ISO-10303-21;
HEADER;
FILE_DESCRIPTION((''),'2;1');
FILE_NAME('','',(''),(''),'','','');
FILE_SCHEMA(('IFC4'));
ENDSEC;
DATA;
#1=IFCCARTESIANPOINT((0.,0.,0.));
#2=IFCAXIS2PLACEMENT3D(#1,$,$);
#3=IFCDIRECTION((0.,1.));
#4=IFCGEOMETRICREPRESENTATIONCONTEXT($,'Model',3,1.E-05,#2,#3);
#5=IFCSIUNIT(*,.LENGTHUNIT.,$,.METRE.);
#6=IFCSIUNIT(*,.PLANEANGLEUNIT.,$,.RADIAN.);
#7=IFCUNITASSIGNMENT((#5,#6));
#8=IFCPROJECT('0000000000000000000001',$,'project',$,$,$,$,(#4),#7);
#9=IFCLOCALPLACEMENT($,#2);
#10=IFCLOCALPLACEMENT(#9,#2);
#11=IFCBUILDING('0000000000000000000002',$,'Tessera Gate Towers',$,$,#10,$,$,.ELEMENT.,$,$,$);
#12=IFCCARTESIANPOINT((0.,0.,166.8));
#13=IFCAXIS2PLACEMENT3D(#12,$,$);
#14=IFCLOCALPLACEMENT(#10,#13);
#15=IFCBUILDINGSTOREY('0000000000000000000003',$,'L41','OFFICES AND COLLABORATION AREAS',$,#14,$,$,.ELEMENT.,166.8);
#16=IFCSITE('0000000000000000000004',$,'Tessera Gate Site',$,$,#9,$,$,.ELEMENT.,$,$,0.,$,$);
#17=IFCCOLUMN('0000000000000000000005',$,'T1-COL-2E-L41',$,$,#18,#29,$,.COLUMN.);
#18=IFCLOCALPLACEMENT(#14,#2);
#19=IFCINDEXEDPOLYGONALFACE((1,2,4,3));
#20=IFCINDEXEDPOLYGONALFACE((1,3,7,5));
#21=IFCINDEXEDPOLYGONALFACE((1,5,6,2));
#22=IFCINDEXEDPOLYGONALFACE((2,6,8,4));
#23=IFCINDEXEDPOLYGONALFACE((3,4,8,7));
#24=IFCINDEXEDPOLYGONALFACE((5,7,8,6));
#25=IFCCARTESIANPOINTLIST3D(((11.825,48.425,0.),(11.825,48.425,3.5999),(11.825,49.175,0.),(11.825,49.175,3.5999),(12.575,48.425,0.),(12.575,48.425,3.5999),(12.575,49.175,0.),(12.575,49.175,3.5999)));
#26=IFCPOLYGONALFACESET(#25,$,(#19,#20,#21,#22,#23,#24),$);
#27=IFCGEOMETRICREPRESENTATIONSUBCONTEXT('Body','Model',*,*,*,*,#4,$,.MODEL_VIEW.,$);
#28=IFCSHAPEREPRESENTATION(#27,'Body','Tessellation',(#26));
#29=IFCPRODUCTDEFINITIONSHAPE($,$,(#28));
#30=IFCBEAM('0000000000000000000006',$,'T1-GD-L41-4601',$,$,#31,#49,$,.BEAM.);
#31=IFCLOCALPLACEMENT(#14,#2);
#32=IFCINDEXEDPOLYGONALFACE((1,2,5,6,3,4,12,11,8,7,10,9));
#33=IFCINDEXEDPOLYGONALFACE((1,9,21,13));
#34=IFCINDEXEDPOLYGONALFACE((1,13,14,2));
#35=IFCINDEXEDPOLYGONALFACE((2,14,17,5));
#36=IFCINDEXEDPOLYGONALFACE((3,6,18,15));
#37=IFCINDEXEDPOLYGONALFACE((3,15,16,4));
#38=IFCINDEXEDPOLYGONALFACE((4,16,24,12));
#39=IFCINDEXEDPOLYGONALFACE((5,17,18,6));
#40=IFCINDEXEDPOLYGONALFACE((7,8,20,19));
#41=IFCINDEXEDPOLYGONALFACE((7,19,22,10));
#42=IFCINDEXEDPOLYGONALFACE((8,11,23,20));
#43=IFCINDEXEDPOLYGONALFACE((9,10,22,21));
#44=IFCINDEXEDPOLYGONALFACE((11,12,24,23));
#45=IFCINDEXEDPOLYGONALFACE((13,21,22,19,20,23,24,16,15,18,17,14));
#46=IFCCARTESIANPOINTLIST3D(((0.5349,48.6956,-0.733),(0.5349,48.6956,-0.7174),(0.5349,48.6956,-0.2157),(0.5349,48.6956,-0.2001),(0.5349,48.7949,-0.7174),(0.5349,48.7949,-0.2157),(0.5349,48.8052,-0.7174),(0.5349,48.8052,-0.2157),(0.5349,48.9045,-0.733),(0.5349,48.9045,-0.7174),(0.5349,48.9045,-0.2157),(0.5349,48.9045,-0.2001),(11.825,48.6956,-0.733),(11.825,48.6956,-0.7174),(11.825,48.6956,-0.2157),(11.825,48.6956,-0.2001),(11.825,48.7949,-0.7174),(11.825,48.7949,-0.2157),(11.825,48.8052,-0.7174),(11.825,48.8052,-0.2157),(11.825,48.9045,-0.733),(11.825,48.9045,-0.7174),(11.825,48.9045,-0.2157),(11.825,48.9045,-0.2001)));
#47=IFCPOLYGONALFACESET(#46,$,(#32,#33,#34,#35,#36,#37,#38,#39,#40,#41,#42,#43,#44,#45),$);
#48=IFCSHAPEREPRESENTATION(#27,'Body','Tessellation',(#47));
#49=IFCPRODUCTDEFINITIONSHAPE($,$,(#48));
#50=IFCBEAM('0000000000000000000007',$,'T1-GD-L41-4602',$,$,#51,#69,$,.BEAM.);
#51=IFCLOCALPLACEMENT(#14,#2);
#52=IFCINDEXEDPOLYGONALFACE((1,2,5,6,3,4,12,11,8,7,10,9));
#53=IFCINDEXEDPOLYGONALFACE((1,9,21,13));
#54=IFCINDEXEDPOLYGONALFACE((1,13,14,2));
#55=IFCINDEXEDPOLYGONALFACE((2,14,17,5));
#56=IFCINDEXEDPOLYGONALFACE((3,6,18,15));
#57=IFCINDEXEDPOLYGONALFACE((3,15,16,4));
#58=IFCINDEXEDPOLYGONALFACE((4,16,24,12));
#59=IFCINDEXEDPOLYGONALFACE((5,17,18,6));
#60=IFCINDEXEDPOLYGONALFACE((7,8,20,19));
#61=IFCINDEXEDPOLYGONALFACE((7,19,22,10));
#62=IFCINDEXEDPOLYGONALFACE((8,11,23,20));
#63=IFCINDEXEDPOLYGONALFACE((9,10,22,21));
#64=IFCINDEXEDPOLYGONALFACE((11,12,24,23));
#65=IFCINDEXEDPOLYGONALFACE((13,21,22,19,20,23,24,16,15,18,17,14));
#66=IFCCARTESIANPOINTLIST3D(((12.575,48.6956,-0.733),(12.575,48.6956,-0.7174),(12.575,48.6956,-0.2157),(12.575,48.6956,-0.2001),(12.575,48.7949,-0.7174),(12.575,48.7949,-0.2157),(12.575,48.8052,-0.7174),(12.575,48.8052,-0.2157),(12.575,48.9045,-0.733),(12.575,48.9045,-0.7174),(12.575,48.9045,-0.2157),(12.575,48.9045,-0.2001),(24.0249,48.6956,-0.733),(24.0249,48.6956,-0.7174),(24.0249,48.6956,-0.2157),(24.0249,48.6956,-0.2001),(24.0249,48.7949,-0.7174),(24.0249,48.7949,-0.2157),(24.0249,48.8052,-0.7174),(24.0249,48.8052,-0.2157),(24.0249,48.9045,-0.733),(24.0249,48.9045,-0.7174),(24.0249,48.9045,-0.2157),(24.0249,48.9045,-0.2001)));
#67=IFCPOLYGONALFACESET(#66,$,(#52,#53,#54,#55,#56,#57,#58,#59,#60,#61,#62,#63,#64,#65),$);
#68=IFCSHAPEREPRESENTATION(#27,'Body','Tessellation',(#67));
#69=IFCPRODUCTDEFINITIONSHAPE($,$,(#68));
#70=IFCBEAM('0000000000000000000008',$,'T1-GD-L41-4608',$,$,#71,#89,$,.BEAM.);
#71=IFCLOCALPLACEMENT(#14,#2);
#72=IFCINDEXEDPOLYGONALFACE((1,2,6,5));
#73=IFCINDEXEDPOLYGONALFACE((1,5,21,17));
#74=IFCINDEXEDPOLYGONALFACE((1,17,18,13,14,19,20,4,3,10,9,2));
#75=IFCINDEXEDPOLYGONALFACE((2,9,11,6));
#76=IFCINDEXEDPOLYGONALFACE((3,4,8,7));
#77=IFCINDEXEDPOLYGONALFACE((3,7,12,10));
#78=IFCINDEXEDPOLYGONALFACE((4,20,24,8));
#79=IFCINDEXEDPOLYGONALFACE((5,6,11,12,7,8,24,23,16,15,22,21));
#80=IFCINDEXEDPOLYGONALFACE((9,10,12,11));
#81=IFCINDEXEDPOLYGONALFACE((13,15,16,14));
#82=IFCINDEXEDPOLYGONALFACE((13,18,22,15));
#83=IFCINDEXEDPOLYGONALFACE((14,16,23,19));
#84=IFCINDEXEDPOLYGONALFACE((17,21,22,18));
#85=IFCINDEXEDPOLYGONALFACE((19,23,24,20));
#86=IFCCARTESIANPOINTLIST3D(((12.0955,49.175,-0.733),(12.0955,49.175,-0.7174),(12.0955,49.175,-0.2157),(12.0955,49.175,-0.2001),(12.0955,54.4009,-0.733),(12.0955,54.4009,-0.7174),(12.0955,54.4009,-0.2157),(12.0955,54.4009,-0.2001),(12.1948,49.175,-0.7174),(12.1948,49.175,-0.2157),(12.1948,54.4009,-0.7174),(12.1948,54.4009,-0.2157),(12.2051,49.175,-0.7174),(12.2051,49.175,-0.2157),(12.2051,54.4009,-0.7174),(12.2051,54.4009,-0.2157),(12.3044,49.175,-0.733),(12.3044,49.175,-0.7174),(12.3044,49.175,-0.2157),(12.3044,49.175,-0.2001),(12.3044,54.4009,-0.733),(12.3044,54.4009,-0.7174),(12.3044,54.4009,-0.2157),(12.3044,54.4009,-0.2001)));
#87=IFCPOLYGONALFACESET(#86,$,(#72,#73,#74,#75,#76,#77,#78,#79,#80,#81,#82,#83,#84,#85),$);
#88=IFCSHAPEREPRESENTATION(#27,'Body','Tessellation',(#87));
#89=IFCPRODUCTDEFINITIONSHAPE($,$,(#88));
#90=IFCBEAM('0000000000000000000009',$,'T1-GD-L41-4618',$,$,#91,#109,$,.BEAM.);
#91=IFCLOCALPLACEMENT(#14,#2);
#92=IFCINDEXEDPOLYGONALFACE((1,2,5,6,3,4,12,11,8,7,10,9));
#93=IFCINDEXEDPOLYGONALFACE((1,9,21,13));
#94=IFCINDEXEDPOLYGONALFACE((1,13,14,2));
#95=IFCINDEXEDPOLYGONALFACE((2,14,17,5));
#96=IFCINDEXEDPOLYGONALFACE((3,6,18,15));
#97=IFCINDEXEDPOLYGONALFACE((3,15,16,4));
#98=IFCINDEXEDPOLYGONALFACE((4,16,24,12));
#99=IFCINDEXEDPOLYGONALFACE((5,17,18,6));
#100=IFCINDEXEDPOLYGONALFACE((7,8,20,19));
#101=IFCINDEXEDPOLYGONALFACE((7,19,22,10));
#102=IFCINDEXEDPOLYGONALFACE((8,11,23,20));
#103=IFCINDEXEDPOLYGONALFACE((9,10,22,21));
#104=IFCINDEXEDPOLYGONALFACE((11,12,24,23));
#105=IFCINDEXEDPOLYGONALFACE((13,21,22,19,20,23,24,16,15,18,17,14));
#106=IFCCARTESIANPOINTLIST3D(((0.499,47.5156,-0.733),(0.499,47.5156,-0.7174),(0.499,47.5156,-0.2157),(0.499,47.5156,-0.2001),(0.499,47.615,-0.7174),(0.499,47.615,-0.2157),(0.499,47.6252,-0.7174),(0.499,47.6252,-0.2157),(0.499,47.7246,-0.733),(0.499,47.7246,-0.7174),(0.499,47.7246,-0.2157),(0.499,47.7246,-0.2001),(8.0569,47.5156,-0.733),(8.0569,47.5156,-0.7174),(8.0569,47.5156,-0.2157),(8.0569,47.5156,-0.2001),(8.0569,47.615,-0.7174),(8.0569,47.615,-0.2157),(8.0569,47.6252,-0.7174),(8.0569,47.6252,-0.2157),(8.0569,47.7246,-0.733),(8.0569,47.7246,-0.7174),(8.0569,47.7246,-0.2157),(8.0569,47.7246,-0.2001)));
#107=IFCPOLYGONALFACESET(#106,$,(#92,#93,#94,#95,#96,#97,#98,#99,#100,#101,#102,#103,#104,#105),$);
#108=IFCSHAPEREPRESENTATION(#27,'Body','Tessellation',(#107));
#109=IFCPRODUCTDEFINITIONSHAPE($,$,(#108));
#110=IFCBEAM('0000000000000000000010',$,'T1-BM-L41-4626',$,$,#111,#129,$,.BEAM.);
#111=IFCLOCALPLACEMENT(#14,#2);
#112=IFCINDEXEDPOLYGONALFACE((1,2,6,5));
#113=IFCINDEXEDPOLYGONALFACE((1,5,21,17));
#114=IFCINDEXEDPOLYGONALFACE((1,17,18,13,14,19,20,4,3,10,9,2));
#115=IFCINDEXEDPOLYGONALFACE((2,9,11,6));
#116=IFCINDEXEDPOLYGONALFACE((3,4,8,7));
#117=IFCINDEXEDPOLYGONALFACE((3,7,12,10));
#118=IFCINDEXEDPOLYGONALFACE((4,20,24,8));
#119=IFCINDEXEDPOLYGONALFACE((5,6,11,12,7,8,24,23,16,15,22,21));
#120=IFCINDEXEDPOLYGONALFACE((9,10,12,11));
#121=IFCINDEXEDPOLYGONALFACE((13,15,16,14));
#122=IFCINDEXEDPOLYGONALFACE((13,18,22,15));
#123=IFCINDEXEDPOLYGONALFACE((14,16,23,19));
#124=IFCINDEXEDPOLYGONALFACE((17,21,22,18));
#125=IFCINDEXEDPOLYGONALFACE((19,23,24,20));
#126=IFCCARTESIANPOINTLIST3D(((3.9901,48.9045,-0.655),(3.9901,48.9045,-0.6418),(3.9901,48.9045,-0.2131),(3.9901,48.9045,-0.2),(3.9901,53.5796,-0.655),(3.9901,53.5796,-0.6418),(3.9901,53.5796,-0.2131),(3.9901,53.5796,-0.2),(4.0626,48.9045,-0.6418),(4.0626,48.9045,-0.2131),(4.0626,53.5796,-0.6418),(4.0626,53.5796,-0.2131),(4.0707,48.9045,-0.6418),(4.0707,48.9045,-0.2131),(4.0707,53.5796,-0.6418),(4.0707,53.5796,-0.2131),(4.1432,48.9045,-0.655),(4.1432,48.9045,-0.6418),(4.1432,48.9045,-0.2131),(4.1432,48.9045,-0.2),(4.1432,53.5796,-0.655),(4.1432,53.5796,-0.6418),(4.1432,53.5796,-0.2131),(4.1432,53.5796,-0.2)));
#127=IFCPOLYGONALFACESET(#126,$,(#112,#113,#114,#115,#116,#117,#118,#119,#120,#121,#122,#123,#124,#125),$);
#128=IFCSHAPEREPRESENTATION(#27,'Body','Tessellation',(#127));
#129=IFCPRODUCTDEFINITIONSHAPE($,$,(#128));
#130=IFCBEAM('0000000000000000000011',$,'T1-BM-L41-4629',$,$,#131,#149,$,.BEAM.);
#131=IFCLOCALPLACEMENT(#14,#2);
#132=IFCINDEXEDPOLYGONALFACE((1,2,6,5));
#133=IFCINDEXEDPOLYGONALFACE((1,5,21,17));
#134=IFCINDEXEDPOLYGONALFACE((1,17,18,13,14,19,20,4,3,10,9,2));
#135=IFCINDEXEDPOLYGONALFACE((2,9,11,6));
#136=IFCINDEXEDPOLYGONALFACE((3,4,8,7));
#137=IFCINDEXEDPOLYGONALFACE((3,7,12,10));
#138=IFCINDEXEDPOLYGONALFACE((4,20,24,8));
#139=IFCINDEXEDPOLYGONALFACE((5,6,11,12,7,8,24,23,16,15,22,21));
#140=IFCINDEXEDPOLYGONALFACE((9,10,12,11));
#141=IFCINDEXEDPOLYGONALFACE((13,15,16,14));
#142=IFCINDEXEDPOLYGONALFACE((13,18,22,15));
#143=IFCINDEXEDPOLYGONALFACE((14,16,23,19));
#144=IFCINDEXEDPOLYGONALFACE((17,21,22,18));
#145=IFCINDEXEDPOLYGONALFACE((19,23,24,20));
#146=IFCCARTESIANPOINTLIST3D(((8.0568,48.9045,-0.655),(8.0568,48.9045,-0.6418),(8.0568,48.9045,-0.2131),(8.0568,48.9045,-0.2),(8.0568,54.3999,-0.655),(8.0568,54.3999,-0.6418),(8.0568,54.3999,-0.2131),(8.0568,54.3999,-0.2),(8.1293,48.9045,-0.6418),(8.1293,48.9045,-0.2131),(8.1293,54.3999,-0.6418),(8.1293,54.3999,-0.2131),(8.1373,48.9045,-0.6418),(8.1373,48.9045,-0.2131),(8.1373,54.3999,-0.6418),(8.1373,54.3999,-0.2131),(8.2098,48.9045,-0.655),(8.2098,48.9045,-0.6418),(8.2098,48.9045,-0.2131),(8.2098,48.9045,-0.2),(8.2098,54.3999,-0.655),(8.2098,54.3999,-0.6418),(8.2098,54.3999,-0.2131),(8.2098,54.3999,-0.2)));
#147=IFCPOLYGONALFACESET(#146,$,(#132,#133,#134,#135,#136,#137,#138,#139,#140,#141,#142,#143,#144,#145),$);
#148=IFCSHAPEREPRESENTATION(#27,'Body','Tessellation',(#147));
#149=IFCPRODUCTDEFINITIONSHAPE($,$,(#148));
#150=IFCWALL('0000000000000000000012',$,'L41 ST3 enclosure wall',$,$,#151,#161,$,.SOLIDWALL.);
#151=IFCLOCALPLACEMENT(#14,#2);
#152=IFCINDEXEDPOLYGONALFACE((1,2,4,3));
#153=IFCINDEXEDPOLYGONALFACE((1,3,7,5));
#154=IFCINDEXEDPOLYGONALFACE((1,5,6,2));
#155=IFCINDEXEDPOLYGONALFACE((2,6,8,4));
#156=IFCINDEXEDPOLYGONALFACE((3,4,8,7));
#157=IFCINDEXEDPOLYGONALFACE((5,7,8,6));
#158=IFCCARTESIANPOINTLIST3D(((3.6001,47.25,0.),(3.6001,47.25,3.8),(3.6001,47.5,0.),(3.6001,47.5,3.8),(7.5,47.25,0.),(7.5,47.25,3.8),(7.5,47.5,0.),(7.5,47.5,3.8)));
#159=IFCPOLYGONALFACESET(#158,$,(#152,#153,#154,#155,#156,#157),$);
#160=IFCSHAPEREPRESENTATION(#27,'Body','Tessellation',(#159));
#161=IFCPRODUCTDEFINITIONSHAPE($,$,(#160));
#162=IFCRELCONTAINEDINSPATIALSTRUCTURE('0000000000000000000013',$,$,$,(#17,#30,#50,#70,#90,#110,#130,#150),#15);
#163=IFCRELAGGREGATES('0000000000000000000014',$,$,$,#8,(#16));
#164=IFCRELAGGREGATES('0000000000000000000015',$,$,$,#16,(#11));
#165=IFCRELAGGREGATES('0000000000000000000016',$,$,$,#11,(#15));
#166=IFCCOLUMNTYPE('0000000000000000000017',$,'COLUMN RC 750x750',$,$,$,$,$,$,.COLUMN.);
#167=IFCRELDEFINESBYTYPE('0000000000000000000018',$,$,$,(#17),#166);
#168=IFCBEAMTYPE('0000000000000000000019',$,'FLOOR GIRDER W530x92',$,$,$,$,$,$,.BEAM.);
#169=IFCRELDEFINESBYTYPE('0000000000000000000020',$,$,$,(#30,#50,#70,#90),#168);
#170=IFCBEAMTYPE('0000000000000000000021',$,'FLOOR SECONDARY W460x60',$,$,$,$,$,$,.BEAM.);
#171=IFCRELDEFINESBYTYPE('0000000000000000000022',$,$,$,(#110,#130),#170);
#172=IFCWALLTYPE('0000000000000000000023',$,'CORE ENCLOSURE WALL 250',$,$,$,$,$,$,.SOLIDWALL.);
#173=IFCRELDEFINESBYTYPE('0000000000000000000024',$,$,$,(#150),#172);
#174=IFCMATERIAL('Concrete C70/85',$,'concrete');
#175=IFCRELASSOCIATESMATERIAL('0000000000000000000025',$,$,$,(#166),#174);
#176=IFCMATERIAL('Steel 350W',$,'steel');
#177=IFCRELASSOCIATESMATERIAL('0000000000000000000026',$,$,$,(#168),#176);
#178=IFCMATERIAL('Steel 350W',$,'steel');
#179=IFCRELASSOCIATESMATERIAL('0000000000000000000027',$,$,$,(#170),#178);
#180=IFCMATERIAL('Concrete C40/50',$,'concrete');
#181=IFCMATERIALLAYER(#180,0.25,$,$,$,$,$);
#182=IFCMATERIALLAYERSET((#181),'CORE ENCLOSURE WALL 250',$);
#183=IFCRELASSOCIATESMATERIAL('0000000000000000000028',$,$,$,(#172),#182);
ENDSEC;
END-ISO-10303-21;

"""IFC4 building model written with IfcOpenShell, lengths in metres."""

from ifc_helpers import new_model, si_unit, direction, frame, frame_2d, origin, origin_2d, place, context, subcontext, project, spatial, rectangle, i_section, extrude, material, layer, layer_set, material_profile, profile_set, type_object, element, save


model = new_model("IFC4")

# Units and contexts
model_context = context("Model", 3, precision=1e-05, world=origin(), true_north=direction((0.0, 1.0)))
body_context = subcontext(model_context, "Body", "Model", "MODEL_VIEW")
ifc_project = project(units=[si_unit("LENGTHUNIT", "METRE"), si_unit("PLANEANGLEUNIT", "RADIAN")], contexts=[model_context])

# Site, building, storey
site_placement = place(None, origin())
site = spatial("IfcSite", under=ifc_project, at=site_placement, Name="Tessera Gate Site", CompositionType="ELEMENT", RefElevation=0.0)
building_placement = place(site_placement, origin())
building = spatial("IfcBuilding", under=site, at=building_placement, Name="Tessera Gate Towers", CompositionType="ELEMENT")
storey_placement = place(building_placement, frame((0.0, 0.0, 166.8)))
storey = spatial("IfcBuildingStorey", under=building, at=storey_placement, Name="L41", Description="OFFICES AND COLLABORATION AREAS", CompositionType="ELEMENT", Elevation=166.8)

# Column
ifc_material_1 = material(Name="Concrete C70/85", Category="concrete")
ifc_material_profile_1 = material_profile(ifc_material_1, rectangle(XDim=0.75, YDim=0.75, at=origin_2d()), Name="RC 750x750")
ifc_profile_set_1 = profile_set([ifc_material_profile_1], Name="Concrete C70/85")
column_type = type_object("IfcColumnType", Name="COLUMN RC 750x750", PredefinedType="COLUMN", material=ifc_profile_set_1)
column_placement = place(storey_placement, frame((12.2, 48.8, 0.0), z_axis=(0.0, 0.0, 1.0), x_axis=(1.0, 0.0, 0.0)))
element("IfcColumn", 1, at=column_placement, inside=storey, type_object=column_type, Name="T1-COL-2E-L41", PredefinedType="COLUMN", context=body_context, shape_type="SweptSolid", body=[
    extrude(rectangle(XDim=0.75, YDim=0.75, at=origin_2d()), origin(), (0.0, 0.0, 1.0), 3.5999),
])

# Beams
ifc_material_2 = material(Name="Steel 350W", Category="steel")
ifc_material_profile_2 = material_profile(ifc_material_2, i_section(OverallWidth=0.209, OverallDepth=0.533, WebThickness=0.0103, FlangeThickness=0.0156, at=origin_2d()), Name="W530x92")
ifc_profile_set_2 = profile_set([ifc_material_profile_2], Name="Steel 350W")
beam_type_1 = type_object("IfcBeamType", Name="FLOOR GIRDER W530x92", PredefinedType="BEAM", material=ifc_profile_set_2)
beam_1_placement = place(storey_placement, frame((0.5349, 48.8, -0.4666), z_axis=(1.0, 0.0, 0.0), x_axis=(0.0, 1.0, 0.0)))
element("IfcBeam", 2, at=beam_1_placement, inside=storey, type_object=beam_type_1, Name="T1-GD-L41-4601", PredefinedType="BEAM", context=body_context, shape_type="SweptSolid", body=[
    extrude(i_section(OverallWidth=0.209, OverallDepth=0.533, WebThickness=0.0103, FlangeThickness=0.0156, at=origin_2d()), origin(), (0.0, 0.0, 1.0), 11.29),
])
beam_2_placement = place(storey_placement, frame((12.575, 48.8, -0.4666), z_axis=(1.0, 0.0, 0.0), x_axis=(0.0, 1.0, 0.0)))
element("IfcBeam", 3, at=beam_2_placement, inside=storey, type_object=beam_type_1, Name="T1-GD-L41-4602", PredefinedType="BEAM", context=body_context, shape_type="SweptSolid", body=[
    extrude(i_section(OverallWidth=0.209, OverallDepth=0.533, WebThickness=0.0103, FlangeThickness=0.0156, at=origin_2d()), origin(), (0.0, 0.0, 1.0), 11.45),
])
beam_3_placement = place(storey_placement, frame((12.2, 49.175, -0.4666), z_axis=(0.0, 1.0, 0.0), x_axis=(-1.0, 0.0, 0.0)))
element("IfcBeam", 4, at=beam_3_placement, inside=storey, type_object=beam_type_1, Name="T1-GD-L41-4608", PredefinedType="BEAM", context=body_context, shape_type="SweptSolid", body=[
    extrude(i_section(OverallWidth=0.209, OverallDepth=0.533, WebThickness=0.0103, FlangeThickness=0.0156, at=origin_2d()), origin(), (0.0, 0.0, 1.0), 5.2258),
])
beam_4_placement = place(storey_placement, frame((0.499, 47.6201, -0.4666), z_axis=(1.0, 0.0, 0.0), x_axis=(0.0, 1.0, 0.0)))
element("IfcBeam", 5, at=beam_4_placement, inside=storey, type_object=beam_type_1, Name="T1-GD-L41-4618", PredefinedType="BEAM", context=body_context, shape_type="SweptSolid", body=[
    extrude(i_section(OverallWidth=0.209, OverallDepth=0.533, WebThickness=0.0103, FlangeThickness=0.0156, at=origin_2d()), origin(), (0.0, 0.0, 1.0), 7.5579),
])
ifc_material_3 = material(Name="Steel 350W", Category="steel")
ifc_material_profile_3 = material_profile(ifc_material_3, i_section(OverallWidth=0.1531, OverallDepth=0.4551, WebThickness=0.0081, FlangeThickness=0.0132, at=origin_2d()), Name="W460x60")
ifc_profile_set_3 = profile_set([ifc_material_profile_3], Name="Steel 350W")
beam_type_2 = type_object("IfcBeamType", Name="FLOOR SECONDARY W460x60", PredefinedType="BEAM", material=ifc_profile_set_3)
beam_5_placement = place(storey_placement, frame((4.0667, 48.9045, -0.4275), z_axis=(0.0, 1.0, 0.0), x_axis=(-1.0, 0.0, 0.0)))
element("IfcBeam", 6, at=beam_5_placement, inside=storey, type_object=beam_type_2, Name="T1-BM-L41-4626", PredefinedType="BEAM", context=body_context, shape_type="SweptSolid", body=[
    extrude(i_section(OverallWidth=0.1531, OverallDepth=0.4551, WebThickness=0.0081, FlangeThickness=0.0132, at=origin_2d()), origin(), (0.0, 0.0, 1.0), 4.675),
])
beam_6_placement = place(storey_placement, frame((8.1333, 48.9045, -0.4275), z_axis=(0.0, 1.0, 0.0), x_axis=(-1.0, 0.0, 0.0)))
element("IfcBeam", 7, at=beam_6_placement, inside=storey, type_object=beam_type_2, Name="T1-BM-L41-4629", PredefinedType="BEAM", context=body_context, shape_type="SweptSolid", body=[
    extrude(i_section(OverallWidth=0.1531, OverallDepth=0.4551, WebThickness=0.0081, FlangeThickness=0.0132, at=origin_2d()), origin(), (0.0, 0.0, 1.0), 5.4954),
])

# Wall
ifc_material_4 = material(Name="Concrete C40/50", Category="concrete")
ifc_layer_1 = layer(ifc_material_4, 0.25)
ifc_layer_set_1 = layer_set([ifc_layer_1], Name="CORE ENCLOSURE WALL 250")
wall_type_1 = type_object("IfcWallType", Name="CORE ENCLOSURE WALL 250", PredefinedType="SOLIDWALL", material=ifc_layer_set_1)
wall_1_placement = place(storey_placement, frame((3.6001, 47.375, 0.0), z_axis=(0.0, 0.0, 1.0), x_axis=(1.0, 0.0, 0.0)))
element("IfcWall", 8, at=wall_1_placement, inside=storey, type_object=wall_type_1, Name="L41 ST3 enclosure wall", PredefinedType="SOLIDWALL", context=body_context, shape_type="SweptSolid", body=[
    extrude(rectangle(XDim=3.8999, YDim=0.25, at=frame_2d((1.95, 0.0))), origin(), (0.0, 0.0, 1.0), 3.8),
])

save(model, "model.ifc")
